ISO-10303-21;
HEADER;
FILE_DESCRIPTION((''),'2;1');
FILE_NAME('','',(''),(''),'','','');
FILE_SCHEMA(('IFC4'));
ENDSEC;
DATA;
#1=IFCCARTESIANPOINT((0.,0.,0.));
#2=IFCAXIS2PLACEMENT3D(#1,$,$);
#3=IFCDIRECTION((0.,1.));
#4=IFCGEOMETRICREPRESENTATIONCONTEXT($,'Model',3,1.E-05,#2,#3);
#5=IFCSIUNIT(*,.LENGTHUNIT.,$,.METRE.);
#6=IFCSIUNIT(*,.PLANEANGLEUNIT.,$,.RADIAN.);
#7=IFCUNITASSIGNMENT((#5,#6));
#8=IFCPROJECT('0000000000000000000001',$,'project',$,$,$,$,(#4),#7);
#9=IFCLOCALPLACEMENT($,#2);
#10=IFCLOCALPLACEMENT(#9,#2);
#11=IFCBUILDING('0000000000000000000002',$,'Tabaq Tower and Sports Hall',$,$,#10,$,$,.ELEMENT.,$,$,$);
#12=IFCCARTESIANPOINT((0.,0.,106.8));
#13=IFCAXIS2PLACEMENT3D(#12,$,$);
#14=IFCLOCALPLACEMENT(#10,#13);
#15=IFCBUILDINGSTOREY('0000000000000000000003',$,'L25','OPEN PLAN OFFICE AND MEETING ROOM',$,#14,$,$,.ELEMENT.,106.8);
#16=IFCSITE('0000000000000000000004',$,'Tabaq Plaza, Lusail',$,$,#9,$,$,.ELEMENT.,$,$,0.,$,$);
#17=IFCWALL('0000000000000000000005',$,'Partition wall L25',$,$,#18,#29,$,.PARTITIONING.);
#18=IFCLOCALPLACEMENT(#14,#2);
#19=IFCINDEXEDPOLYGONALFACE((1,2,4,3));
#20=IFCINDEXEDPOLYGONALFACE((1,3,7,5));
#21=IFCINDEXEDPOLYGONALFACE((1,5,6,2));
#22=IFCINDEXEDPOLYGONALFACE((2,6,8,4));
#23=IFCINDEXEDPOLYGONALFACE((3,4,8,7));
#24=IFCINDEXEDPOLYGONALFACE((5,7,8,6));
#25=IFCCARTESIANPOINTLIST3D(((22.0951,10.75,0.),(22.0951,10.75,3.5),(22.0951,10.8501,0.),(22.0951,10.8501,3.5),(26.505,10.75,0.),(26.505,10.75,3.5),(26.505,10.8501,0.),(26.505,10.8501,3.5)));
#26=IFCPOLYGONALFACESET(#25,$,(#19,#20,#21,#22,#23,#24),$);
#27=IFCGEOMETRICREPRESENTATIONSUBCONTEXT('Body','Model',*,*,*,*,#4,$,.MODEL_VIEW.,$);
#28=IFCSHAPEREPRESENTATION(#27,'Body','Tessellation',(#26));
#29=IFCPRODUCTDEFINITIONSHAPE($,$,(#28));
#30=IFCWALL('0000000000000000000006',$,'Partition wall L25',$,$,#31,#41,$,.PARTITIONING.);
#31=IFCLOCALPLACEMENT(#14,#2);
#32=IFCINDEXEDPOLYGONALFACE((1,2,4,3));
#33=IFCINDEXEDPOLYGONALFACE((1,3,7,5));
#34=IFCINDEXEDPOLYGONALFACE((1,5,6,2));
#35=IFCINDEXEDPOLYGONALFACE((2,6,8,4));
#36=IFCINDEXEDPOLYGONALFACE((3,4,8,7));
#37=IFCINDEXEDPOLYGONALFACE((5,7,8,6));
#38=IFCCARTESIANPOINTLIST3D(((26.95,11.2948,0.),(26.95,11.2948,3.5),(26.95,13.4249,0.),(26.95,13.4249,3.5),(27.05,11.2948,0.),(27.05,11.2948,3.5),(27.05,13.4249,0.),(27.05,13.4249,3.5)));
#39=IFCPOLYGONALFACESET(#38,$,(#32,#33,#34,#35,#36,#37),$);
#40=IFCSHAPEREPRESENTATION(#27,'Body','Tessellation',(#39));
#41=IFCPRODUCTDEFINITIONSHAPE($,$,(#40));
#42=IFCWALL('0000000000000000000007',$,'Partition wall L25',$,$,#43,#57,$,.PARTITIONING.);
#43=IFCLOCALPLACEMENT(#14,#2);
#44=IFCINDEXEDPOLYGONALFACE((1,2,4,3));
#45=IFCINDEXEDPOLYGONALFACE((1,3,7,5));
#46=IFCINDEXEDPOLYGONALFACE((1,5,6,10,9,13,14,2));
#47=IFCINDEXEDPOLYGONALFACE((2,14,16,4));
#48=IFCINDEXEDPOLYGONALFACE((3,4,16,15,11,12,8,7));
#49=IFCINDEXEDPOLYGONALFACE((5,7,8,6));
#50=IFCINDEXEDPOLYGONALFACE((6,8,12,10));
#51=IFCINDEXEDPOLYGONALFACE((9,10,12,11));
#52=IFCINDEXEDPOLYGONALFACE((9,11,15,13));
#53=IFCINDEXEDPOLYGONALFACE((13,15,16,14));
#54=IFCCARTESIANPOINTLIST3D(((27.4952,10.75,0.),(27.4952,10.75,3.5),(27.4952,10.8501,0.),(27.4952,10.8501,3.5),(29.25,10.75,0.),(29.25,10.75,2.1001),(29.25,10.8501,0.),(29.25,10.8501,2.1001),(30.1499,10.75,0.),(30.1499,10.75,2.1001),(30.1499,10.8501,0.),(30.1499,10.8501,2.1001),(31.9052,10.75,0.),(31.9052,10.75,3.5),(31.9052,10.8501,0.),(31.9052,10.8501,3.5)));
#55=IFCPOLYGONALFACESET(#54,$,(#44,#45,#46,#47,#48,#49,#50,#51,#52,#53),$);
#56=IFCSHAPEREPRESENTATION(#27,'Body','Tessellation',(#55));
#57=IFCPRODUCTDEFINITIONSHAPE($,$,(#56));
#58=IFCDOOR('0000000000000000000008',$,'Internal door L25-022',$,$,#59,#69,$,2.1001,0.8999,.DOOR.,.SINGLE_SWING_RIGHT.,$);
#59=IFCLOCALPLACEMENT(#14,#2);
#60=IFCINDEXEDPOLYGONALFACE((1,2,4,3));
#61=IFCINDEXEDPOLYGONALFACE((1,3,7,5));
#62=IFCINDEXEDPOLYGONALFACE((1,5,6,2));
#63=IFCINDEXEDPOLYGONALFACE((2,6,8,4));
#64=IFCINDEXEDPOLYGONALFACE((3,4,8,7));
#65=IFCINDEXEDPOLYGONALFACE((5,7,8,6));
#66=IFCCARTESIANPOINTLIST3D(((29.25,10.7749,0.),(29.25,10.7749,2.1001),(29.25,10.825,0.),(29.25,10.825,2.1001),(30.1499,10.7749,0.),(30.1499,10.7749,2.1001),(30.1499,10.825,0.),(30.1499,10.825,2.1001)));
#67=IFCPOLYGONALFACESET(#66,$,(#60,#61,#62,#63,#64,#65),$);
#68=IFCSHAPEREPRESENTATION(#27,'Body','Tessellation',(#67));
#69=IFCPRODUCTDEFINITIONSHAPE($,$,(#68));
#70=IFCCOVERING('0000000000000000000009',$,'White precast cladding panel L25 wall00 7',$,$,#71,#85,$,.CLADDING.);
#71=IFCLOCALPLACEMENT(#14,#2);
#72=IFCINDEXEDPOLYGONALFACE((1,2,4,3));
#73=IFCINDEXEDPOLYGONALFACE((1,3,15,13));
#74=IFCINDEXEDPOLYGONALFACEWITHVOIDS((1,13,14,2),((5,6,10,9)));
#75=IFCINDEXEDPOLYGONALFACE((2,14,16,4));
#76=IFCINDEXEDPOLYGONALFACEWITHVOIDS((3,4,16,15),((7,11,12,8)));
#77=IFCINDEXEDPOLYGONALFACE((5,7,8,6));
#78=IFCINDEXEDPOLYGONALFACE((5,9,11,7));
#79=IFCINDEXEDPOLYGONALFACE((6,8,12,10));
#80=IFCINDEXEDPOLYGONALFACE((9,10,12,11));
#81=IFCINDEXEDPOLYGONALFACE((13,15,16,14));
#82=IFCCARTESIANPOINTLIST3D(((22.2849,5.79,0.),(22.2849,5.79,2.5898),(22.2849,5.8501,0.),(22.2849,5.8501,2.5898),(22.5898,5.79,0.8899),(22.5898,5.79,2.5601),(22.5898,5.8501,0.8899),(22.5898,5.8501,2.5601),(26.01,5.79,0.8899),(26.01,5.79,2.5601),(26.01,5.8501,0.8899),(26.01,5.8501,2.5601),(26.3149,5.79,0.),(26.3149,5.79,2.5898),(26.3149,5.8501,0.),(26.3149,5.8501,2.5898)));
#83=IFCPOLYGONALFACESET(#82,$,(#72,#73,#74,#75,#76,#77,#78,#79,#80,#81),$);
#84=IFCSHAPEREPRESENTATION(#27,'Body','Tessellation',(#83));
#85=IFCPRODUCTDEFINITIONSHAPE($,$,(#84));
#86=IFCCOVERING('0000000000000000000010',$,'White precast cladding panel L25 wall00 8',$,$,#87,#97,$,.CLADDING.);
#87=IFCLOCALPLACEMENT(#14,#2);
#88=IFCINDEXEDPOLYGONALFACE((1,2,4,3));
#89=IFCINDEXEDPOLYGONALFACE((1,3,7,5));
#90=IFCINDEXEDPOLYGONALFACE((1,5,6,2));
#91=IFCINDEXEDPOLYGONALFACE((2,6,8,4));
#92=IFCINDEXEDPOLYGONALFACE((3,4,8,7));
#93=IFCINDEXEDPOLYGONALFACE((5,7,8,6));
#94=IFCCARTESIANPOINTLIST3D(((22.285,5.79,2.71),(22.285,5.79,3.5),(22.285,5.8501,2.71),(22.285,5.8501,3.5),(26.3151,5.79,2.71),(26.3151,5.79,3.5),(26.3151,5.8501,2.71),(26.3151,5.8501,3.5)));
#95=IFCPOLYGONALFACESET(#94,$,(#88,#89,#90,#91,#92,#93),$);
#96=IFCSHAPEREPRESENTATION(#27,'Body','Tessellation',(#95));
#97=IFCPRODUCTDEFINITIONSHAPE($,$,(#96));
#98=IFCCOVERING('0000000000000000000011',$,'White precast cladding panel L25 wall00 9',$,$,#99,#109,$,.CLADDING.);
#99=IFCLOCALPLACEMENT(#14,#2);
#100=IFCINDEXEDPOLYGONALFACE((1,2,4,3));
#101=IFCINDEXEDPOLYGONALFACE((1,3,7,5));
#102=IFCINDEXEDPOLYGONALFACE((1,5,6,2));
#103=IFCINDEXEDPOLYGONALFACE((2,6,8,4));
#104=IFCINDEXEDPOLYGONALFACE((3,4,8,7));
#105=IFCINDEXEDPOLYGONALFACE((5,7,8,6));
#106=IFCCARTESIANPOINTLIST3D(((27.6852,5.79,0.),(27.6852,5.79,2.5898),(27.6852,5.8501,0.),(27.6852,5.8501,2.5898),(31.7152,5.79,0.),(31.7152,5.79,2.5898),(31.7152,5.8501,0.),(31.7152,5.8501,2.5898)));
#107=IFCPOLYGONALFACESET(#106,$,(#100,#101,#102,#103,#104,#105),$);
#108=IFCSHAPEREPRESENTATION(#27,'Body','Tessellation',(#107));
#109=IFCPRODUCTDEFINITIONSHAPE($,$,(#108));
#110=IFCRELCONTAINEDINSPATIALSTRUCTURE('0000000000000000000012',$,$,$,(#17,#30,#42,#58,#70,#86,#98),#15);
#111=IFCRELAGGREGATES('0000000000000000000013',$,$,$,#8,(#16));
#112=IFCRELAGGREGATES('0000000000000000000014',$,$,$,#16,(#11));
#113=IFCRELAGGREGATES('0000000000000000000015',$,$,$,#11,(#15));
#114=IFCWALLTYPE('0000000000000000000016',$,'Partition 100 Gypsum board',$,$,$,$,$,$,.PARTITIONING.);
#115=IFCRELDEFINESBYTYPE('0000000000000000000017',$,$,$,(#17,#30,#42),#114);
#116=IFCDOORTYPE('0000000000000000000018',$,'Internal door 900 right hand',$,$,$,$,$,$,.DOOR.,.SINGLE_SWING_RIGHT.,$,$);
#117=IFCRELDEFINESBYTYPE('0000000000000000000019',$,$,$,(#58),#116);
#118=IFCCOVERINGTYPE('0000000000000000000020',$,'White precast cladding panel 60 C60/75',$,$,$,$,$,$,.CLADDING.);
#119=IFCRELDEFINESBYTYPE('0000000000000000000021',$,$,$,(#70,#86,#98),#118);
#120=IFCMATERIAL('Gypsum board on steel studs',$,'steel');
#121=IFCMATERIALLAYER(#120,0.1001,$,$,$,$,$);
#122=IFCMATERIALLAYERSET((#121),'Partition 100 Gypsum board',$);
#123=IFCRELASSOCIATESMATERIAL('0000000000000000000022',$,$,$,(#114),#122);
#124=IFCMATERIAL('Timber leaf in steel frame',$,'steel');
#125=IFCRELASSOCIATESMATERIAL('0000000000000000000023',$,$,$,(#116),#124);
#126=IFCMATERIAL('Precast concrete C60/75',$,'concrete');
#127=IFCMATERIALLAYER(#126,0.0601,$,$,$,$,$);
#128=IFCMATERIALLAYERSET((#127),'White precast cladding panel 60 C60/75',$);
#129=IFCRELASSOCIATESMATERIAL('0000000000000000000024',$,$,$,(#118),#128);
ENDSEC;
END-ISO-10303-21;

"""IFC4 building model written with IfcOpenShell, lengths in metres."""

from ifc_helpers import new_model, si_unit, direction, frame, frame_2d, origin, place, context, subcontext, project, spatial, polyline, rectangle, outline, extrude, material, layer, layer_set, type_object, element, fill, save


model = new_model("IFC4")

# Units and contexts
model_context = context("Model", 3, precision=1e-05, world=origin(), true_north=direction((0.0, 1.0)))
body_context = subcontext(model_context, "Body", "Model", "MODEL_VIEW")
ifc_project = project(units=[si_unit("LENGTHUNIT", "METRE"), si_unit("PLANEANGLEUNIT", "RADIAN")], contexts=[model_context])

# Site, building, storey
site_placement = place(None, origin())
site = spatial("IfcSite", under=ifc_project, at=site_placement, Name="Tabaq Plaza, Lusail", CompositionType="ELEMENT", RefElevation=0.0)
building_placement = place(site_placement, origin())
building = spatial("IfcBuilding", under=site, at=building_placement, Name="Tabaq Tower and Sports Hall", CompositionType="ELEMENT")
storey_placement = place(building_placement, frame((0.0, 0.0, 106.8)))
storey = spatial("IfcBuildingStorey", under=building, at=storey_placement, Name="L25", Description="OPEN PLAN OFFICE AND MEETING ROOM", CompositionType="ELEMENT", Elevation=106.8)

# Walls
ifc_material_1 = material(Name="Gypsum board on steel studs", Category="steel")
ifc_layer_1 = layer(ifc_material_1, 0.1001)
ifc_layer_set_1 = layer_set([ifc_layer_1], Name="Partition 100 Gypsum board")
wall_type = type_object("IfcWallType", Name="Partition 100 Gypsum board", PredefinedType="PARTITIONING", material=ifc_layer_set_1)
wall_1_placement = place(storey_placement, frame((22.095, 10.8, 0.0), z_axis=(0.0, 0.0, 1.0), x_axis=(1.0, 0.0, 0.0)))
element("IfcWall", 1, at=wall_1_placement, inside=storey, type_object=wall_type, Name="Partition wall L25", PredefinedType="PARTITIONING", context=body_context, shape_type="SweptSolid", body=[
    extrude(rectangle(XDim=4.4099, YDim=0.1001, at=frame_2d((2.2051, 0.0))), origin(), (0.0, 0.0, 1.0), 3.5),
])
wall_2_placement = place(storey_placement, frame((27.0, 11.2949, 0.0), z_axis=(0.0, 0.0, 1.0), x_axis=(0.0, 1.0, 0.0)))
element("IfcWall", 2, at=wall_2_placement, inside=storey, type_object=wall_type, Name="Partition wall L25", PredefinedType="PARTITIONING", context=body_context, shape_type="SweptSolid", body=[
    extrude(rectangle(XDim=2.1301, YDim=0.1001, at=frame_2d((1.0649, 0.0))), origin(), (0.0, 0.0, 1.0), 3.5),
])

# Wall, opening, door
wall_3_placement = place(storey_placement, frame((27.4951, 10.8, 0.0), z_axis=(0.0, 0.0, 1.0), x_axis=(1.0, 0.0, 0.0)))
wall_3 = element("IfcWall", 3, at=wall_3_placement, inside=storey, type_object=wall_type, Name="Partition wall L25", PredefinedType="PARTITIONING", context=body_context, shape_type="SweptSolid", body=[
    extrude(rectangle(XDim=4.4099, YDim=0.1001, at=frame_2d((2.2051, 0.0))), origin(), (0.0, 0.0, 1.0), 3.5),
])
opening_placement = place(wall_3_placement, frame((1.7549, 0.0, 0.0)))
opening = element("IfcOpeningElement", 4, at=opening_placement, cuts=wall_3, PredefinedType="OPENING", context=body_context, shape_type="SweptSolid", body=[
    extrude(rectangle(XDim=0.8999, YDim=2.1001, at=frame_2d((0.45, 1.05))), frame((0.0, 0.05, 0.0), z_axis=(0.0, -1.0, 0.0), x_axis=(1.0, 0.0, 0.0)), (0.0, 0.0, 1.0), 0.1001),
])
ifc_material_2 = material(Name="Timber leaf in steel frame", Category="steel")
door_type = type_object("IfcDoorType", Name="Internal door 900 right hand", OperationType="SINGLE_SWING_RIGHT", PredefinedType="DOOR", material=ifc_material_2)
door_placement = place(opening_placement, origin())
door = element("IfcDoor", 5, at=door_placement, inside=storey, type_object=door_type, Name="Internal door L25-022", OperationType="SINGLE_SWING_RIGHT", OverallHeight=2.1001, OverallWidth=0.8999, PredefinedType="DOOR", context=body_context, shape_type="SweptSolid", body=[
    extrude(rectangle(XDim=0.8999, YDim=2.1001, at=frame_2d((0.45, 1.05))), frame((0.0, 0.0249, 0.0), z_axis=(0.0, -1.0, 0.0), x_axis=(1.0, 0.0, 0.0)), (0.0, 0.0, 1.0), 0.05),
])
fill(opening, door)

# Coverings
ifc_material_3 = material(Name="Precast concrete C60/75", Category="concrete")
ifc_layer_2 = layer(ifc_material_3, 0.0601)
ifc_layer_set_2 = layer_set([ifc_layer_2], Name="White precast cladding panel 60 C60/75")
covering_type = type_object("IfcCoveringType", Name="White precast cladding panel 60 C60/75", PredefinedType="CLADDING", material=ifc_layer_set_2)
covering_1_placement = place(storey_placement, frame((22.2849, 5.8201, 0.0), z_axis=(0.0, 0.0, 1.0), x_axis=(1.0, 0.0, 0.0)))
element("IfcCovering", 6, at=covering_1_placement, inside=storey, type_object=covering_type, Name="White precast cladding panel L25 wall00 7", PredefinedType="CLADDING", context=body_context, shape_type="SweptSolid", body=[
    extrude(outline(polyline([(0.0, 0.0), (4.03, 0.0), (4.03, 2.5898), (0.0, 2.5898), (0.0, 0.0)]), holes=[polyline([(3.7251, 0.8899), (0.3049, 0.8899), (0.3049, 2.5601), (3.7251, 2.5601), (3.7251, 0.8899)])]), frame((0.0, 0.03, 0.0), z_axis=(0.0, -1.0, 0.0), x_axis=(1.0, 0.0, 0.0)), (0.0, 0.0, 1.0), 0.0601),
])
covering_2_placement = place(storey_placement, frame((22.2849, 5.8201, 2.71), z_axis=(0.0, 0.0, 1.0), x_axis=(1.0, 0.0, 0.0)))
element("IfcCovering", 7, at=covering_2_placement, inside=storey, type_object=covering_type, Name="White precast cladding panel L25 wall00 8", PredefinedType="CLADDING", context=body_context, shape_type="SweptSolid", body=[
    extrude(rectangle(XDim=4.03, YDim=0.0601, at=frame_2d((2.0151, 0.0))), origin(), (0.0, 0.0, 1.0), 0.79),
])
covering_3_placement = place(storey_placement, frame((27.6851, 5.8201, 0.0), z_axis=(0.0, 0.0, 1.0), x_axis=(1.0, 0.0, 0.0)))
element("IfcCovering", 8, at=covering_3_placement, inside=storey, type_object=covering_type, Name="White precast cladding panel L25 wall00 9", PredefinedType="CLADDING", context=body_context, shape_type="SweptSolid", body=[
    extrude(rectangle(XDim=4.03, YDim=0.0601, at=frame_2d((2.0151, 0.0))), origin(), (0.0, 0.0, 1.0), 2.5898),
])

save(model, "model.ifc")
